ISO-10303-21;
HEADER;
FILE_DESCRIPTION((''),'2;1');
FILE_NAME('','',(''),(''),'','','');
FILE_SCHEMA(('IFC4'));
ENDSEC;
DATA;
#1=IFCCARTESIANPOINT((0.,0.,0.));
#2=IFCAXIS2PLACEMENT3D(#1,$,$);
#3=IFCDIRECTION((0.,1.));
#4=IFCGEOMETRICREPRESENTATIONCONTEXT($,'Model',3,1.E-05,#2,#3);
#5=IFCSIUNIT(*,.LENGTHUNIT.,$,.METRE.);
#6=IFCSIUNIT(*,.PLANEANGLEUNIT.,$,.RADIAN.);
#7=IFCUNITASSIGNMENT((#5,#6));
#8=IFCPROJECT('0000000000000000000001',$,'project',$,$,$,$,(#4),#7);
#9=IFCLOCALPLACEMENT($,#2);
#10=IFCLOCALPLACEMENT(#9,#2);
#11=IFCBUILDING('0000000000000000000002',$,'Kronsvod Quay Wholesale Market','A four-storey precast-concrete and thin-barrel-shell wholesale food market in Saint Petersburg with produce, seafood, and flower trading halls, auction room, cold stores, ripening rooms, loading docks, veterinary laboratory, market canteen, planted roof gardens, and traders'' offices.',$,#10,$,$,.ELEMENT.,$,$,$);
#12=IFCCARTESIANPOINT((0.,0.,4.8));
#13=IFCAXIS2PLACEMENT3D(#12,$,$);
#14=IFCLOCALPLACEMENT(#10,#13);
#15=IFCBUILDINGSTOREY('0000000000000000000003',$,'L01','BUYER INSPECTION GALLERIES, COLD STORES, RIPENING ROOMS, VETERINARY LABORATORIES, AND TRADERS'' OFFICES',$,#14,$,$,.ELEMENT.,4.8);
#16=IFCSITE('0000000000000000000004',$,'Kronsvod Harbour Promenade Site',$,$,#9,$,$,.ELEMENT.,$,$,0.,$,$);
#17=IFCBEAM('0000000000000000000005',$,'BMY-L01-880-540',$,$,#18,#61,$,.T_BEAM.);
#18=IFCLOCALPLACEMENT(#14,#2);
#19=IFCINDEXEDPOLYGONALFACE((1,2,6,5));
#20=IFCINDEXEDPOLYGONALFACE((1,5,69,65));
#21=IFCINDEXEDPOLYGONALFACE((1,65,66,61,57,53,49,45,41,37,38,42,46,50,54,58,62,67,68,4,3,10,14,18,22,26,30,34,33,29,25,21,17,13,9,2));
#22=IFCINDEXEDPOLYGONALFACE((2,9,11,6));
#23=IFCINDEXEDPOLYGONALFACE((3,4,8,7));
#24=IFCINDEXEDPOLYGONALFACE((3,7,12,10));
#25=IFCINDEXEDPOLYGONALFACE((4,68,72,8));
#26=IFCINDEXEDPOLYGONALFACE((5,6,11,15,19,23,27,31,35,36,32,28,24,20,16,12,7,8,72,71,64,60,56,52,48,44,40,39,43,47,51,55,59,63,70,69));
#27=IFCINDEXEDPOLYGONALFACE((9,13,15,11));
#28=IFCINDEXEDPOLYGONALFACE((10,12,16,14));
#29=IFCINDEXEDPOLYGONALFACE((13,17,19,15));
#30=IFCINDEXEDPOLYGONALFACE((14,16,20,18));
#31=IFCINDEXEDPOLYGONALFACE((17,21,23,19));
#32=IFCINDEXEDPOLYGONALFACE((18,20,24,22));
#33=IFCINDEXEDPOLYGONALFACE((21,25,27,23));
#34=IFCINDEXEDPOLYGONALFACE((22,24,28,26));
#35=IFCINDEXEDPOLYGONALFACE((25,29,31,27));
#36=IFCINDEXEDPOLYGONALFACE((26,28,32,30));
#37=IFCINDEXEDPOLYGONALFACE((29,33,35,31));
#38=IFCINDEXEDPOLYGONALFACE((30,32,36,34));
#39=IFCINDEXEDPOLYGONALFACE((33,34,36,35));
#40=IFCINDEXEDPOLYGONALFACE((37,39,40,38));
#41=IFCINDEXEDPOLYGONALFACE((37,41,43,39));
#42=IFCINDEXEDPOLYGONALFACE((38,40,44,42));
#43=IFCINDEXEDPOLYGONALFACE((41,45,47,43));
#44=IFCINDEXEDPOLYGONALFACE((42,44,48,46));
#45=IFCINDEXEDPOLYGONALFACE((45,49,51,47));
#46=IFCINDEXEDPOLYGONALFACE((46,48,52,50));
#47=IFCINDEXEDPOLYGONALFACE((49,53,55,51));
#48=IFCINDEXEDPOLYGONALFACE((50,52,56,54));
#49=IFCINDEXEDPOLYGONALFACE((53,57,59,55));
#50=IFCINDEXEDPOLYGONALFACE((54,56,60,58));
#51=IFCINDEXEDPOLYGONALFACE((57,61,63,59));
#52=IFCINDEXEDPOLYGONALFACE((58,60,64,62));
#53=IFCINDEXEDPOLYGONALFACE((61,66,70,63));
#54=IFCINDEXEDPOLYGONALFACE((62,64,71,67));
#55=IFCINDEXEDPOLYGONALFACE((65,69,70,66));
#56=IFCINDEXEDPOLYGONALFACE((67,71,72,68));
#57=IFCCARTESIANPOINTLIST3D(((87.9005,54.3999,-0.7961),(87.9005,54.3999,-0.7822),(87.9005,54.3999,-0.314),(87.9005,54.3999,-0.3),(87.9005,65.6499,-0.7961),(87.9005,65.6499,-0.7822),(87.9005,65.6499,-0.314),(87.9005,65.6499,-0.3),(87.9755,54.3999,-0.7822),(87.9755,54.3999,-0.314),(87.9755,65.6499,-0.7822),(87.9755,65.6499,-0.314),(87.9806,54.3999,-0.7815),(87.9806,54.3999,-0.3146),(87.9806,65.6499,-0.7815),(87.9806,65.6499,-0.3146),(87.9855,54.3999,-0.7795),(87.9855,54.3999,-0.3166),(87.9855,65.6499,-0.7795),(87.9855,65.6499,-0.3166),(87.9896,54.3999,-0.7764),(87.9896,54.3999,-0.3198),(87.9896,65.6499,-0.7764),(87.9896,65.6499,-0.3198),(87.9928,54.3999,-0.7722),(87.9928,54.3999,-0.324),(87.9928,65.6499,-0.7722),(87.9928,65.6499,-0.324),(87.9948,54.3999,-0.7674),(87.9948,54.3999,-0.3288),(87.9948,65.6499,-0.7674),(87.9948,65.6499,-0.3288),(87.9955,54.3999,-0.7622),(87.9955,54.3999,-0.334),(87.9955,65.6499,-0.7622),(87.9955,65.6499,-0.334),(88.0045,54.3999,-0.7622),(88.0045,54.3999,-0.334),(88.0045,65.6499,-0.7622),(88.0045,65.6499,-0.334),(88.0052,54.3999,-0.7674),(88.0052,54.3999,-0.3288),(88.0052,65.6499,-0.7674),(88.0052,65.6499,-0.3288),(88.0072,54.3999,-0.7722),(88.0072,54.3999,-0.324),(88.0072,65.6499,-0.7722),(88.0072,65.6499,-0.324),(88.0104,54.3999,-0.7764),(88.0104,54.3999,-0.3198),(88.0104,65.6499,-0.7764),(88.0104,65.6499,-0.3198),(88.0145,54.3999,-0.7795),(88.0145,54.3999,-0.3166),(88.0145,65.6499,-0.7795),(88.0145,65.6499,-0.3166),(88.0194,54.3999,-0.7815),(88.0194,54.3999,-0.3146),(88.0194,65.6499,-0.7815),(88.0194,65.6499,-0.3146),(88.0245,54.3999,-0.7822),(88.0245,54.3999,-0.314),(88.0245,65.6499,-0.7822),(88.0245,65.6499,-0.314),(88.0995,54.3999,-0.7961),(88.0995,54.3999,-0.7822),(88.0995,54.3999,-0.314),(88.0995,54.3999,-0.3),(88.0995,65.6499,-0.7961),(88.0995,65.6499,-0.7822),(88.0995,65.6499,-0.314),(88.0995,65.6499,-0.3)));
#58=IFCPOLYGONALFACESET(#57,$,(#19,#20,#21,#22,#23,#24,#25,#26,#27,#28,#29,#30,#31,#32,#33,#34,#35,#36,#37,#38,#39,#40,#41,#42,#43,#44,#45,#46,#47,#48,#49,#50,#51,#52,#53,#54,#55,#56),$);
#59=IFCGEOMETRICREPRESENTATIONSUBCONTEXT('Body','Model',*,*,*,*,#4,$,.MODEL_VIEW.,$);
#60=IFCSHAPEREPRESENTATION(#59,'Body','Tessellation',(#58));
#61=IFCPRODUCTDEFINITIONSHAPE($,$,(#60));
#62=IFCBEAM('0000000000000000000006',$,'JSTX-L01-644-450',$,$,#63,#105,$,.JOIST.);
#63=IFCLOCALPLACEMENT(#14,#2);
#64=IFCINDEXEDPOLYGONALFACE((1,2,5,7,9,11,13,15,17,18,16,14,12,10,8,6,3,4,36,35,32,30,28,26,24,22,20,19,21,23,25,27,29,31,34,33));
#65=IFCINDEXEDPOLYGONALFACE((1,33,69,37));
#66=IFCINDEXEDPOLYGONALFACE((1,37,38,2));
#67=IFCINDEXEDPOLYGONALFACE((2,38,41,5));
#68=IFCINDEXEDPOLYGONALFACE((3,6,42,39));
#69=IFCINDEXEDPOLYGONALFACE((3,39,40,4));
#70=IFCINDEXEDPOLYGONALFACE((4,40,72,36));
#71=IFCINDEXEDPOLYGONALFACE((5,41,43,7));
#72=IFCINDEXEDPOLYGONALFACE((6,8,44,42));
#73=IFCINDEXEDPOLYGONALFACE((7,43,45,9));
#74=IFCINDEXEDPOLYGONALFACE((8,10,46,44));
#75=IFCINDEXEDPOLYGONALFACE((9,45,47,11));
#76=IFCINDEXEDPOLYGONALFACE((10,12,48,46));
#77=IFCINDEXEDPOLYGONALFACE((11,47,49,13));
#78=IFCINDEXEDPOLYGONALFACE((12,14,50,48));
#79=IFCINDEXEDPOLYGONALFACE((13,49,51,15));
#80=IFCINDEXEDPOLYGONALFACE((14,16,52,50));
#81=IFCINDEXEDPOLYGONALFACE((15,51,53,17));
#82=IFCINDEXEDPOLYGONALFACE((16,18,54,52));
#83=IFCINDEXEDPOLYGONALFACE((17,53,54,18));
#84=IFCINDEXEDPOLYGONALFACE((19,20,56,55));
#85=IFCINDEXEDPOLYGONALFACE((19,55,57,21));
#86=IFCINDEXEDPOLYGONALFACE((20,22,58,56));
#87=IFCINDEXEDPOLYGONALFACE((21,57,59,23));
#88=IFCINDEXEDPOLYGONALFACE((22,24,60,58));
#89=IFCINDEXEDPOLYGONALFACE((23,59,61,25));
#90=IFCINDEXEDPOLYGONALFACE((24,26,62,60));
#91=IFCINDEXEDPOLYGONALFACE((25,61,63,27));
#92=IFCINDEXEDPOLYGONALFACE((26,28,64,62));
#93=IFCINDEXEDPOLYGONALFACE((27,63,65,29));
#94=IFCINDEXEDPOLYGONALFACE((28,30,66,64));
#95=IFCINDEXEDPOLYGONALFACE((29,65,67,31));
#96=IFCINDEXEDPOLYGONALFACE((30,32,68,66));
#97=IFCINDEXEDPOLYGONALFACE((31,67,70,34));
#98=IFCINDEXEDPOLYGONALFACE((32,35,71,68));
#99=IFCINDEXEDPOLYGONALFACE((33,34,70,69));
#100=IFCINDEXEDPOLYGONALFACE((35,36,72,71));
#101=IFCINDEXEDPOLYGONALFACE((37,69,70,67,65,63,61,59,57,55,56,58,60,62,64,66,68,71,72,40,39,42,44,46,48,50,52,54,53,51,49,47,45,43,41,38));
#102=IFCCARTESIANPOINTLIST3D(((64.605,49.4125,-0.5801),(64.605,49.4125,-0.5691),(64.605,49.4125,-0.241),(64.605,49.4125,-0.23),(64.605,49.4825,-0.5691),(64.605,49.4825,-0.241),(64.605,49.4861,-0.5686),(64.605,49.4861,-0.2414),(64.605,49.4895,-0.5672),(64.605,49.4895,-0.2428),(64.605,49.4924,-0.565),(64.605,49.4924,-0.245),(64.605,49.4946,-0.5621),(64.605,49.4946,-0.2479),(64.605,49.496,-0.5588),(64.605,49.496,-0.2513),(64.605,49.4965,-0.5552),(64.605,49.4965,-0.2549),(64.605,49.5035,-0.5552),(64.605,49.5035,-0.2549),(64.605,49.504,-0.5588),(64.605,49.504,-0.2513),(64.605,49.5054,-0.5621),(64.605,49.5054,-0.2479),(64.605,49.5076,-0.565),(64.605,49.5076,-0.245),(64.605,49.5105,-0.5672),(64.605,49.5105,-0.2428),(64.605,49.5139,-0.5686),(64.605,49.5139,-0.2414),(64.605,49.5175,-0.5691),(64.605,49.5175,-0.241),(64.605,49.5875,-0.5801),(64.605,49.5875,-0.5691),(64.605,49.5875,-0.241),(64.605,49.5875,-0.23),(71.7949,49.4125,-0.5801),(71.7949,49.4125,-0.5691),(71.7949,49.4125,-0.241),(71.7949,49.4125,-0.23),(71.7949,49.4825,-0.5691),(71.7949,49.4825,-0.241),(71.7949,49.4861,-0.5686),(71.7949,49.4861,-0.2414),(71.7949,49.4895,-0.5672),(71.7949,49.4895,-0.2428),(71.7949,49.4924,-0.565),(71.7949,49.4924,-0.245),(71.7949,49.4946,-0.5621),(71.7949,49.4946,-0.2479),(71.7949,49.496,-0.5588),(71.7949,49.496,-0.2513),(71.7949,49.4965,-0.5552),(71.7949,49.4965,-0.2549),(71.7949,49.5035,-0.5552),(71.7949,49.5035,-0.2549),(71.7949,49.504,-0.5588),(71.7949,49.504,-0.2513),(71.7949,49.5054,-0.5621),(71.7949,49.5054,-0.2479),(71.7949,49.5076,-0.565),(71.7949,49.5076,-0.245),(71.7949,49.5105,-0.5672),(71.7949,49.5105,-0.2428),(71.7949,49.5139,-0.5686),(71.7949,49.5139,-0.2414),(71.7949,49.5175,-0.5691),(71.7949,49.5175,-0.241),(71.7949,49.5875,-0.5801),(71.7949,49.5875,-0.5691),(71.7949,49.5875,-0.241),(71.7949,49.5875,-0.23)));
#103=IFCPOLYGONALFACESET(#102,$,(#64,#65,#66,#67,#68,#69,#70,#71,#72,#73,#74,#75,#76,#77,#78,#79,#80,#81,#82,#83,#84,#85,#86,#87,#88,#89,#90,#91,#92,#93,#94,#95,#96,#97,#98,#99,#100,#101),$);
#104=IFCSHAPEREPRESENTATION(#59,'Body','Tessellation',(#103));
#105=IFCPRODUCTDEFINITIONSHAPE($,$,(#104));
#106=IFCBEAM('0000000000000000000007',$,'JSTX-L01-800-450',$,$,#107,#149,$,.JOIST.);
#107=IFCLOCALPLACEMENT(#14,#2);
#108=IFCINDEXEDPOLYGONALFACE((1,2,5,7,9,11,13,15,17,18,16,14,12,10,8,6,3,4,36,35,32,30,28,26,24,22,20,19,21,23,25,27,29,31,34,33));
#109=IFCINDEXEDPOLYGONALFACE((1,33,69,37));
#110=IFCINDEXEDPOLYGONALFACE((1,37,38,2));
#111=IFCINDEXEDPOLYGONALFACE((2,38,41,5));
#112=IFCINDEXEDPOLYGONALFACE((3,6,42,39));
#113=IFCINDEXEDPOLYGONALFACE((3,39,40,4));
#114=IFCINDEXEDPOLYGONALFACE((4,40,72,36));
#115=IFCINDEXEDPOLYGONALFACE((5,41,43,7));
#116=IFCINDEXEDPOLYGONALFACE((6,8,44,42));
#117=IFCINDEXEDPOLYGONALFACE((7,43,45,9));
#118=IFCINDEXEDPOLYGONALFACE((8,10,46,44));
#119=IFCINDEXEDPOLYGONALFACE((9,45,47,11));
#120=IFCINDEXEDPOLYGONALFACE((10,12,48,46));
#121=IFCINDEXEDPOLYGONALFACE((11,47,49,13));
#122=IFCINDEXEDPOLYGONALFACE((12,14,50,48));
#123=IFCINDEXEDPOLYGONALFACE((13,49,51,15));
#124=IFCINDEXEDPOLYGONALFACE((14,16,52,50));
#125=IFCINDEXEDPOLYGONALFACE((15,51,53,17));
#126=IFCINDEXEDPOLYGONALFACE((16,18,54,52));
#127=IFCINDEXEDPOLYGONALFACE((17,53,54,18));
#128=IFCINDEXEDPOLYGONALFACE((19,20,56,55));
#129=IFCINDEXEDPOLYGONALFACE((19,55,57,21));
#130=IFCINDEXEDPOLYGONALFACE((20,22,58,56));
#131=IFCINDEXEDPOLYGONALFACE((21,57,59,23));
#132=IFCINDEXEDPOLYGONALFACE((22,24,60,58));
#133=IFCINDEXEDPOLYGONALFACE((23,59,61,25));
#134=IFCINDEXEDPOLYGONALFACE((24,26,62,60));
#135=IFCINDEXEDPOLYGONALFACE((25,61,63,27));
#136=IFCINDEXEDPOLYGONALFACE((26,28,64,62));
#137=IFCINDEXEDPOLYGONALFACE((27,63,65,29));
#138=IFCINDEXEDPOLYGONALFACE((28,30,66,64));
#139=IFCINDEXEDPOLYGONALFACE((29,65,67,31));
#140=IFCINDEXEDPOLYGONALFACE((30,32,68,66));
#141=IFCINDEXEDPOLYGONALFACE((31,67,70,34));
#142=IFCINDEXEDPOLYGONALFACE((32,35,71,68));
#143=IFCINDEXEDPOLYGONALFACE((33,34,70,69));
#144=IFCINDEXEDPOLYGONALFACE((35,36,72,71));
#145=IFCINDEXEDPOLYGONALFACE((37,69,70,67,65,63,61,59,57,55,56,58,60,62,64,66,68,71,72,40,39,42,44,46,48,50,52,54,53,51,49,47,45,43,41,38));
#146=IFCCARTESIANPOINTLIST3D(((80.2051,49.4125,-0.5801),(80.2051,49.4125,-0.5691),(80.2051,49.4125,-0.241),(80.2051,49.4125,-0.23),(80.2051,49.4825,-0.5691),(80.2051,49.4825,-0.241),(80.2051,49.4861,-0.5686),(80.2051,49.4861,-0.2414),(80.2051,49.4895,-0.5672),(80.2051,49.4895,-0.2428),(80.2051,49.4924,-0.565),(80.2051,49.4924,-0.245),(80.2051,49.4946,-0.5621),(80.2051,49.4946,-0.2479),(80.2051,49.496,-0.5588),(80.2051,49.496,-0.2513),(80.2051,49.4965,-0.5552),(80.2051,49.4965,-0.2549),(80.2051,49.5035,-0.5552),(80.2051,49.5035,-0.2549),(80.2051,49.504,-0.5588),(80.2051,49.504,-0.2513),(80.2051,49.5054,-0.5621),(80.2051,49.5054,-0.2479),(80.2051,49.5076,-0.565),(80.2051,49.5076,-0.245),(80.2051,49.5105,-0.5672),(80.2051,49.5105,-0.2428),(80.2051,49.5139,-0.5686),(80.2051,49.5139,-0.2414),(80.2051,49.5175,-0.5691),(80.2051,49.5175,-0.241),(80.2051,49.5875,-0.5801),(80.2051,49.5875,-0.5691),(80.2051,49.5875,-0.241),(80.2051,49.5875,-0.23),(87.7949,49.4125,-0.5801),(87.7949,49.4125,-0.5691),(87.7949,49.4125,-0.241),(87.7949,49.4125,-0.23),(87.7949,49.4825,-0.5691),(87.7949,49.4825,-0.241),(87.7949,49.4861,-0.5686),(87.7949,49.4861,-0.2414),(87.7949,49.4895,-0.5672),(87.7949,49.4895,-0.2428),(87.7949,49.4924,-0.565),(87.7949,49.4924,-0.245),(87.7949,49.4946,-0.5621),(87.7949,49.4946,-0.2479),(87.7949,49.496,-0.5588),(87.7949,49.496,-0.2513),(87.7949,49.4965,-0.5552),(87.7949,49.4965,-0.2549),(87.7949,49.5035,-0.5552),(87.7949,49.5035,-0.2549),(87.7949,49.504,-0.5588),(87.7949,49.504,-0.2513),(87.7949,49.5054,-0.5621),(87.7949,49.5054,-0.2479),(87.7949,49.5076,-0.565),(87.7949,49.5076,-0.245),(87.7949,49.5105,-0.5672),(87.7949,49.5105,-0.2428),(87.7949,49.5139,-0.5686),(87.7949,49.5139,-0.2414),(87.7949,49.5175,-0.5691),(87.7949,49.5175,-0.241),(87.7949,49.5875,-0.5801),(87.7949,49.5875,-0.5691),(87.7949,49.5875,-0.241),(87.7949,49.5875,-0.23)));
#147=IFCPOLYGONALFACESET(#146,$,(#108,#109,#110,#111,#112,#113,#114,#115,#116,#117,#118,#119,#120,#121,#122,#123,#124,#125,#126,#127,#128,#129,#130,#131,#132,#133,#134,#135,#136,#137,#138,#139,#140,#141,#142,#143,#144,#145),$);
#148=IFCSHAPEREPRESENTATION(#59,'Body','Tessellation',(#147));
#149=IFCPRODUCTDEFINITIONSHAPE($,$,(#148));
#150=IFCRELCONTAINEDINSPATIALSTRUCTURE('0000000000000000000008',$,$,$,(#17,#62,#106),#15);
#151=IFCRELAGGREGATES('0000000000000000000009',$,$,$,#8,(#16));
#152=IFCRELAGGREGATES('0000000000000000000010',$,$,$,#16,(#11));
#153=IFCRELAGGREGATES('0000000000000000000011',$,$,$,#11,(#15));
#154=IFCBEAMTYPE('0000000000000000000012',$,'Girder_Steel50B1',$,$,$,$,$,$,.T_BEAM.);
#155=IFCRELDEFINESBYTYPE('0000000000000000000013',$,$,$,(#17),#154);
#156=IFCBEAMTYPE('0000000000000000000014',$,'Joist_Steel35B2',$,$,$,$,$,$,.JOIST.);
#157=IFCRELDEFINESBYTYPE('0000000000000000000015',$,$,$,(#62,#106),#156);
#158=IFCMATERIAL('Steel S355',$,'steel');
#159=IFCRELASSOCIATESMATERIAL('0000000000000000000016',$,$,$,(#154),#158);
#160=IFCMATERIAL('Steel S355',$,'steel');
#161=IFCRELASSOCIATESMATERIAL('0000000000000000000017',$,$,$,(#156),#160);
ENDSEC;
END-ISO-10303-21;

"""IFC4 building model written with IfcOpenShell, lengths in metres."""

from ifc_helpers import new_model, si_unit, direction, frame, origin, origin_2d, place, context, subcontext, project, spatial, i_section, extrude, material, material_profile, profile_set, type_object, element, save


model = new_model("IFC4")

# Units and contexts
model_context = context("Model", 3, precision=1e-05, world=origin(), true_north=direction((0.0, 1.0)))
body_context = subcontext(model_context, "Body", "Model", "MODEL_VIEW")
ifc_project = project(units=[si_unit("LENGTHUNIT", "METRE"), si_unit("PLANEANGLEUNIT", "RADIAN")], contexts=[model_context])

# Site, building, storey
site_placement = place(None, origin())
site = spatial("IfcSite", under=ifc_project, at=site_placement, Name="Kronsvod Harbour Promenade Site", CompositionType="ELEMENT", RefElevation=0.0)
building_placement = place(site_placement, origin())
building = spatial("IfcBuilding", under=site, at=building_placement, Name="Kronsvod Quay Wholesale Market", Description="A four-storey precast-concrete and thin-barrel-shell wholesale food market in Saint Petersburg with produce, seafood, and flower trading halls, auction room, cold stores, ripening rooms, loading docks, veterinary laboratory, market canteen, planted roof gardens, and traders' offices.", CompositionType="ELEMENT")
storey_placement = place(building_placement, frame((0.0, 0.0, 4.8)))
storey = spatial("IfcBuildingStorey", under=building, at=storey_placement, Name="L01", Description="BUYER INSPECTION GALLERIES, COLD STORES, RIPENING ROOMS, VETERINARY LABORATORIES, AND TRADERS' OFFICES", CompositionType="ELEMENT", Elevation=4.8)

# Beams
ifc_material_1 = material(Name="Steel S355", Category="steel")
ifc_material_profile_1 = material_profile(ifc_material_1, i_section(OverallWidth=0.199, OverallDepth=0.4961, WebThickness=0.009, FlangeThickness=0.0139, FilletRadius=0.02, at=origin_2d()), Name="50B1")
ifc_profile_set_1 = profile_set([ifc_material_profile_1], Name="Steel S355")
beam_type_1 = type_object("IfcBeamType", Name="Girder_Steel50B1", PredefinedType="T_BEAM", material=ifc_profile_set_1)
beam_1_placement = place(storey_placement, frame((88.0, 54.3999, -0.5481), z_axis=(0.0, 1.0, 0.0), x_axis=(-1.0, 0.0, 0.0)))
element("IfcBeam", 1, at=beam_1_placement, inside=storey, type_object=beam_type_1, Name="BMY-L01-880-540", PredefinedType="T_BEAM", context=body_context, shape_type="SweptSolid", body=[
    extrude(i_section(OverallWidth=0.199, OverallDepth=0.4961, WebThickness=0.009, FlangeThickness=0.0139, FilletRadius=0.02, at=origin_2d()), origin(), (0.0, 0.0, 1.0), 11.25),
])
ifc_material_2 = material(Name="Steel S355", Category="steel")
ifc_material_profile_2 = material_profile(ifc_material_2, i_section(OverallWidth=0.175, OverallDepth=0.3501, WebThickness=0.0071, FlangeThickness=0.011, FilletRadius=0.0139, at=origin_2d()), Name="35B2")
ifc_profile_set_2 = profile_set([ifc_material_profile_2], Name="Steel S355")
beam_type_2 = type_object("IfcBeamType", Name="Joist_Steel35B2", PredefinedType="JOIST", material=ifc_profile_set_2)
beam_2_placement = place(storey_placement, frame((64.605, 49.5, -0.405), z_axis=(1.0, 0.0, 0.0), x_axis=(0.0, 1.0, 0.0)))
element("IfcBeam", 2, at=beam_2_placement, inside=storey, type_object=beam_type_2, Name="JSTX-L01-644-450", PredefinedType="JOIST", context=body_context, shape_type="SweptSolid", body=[
    extrude(i_section(OverallWidth=0.175, OverallDepth=0.3501, WebThickness=0.0071, FlangeThickness=0.011, FilletRadius=0.0139, at=origin_2d()), origin(), (0.0, 0.0, 1.0), 7.1899),
])
beam_3_placement = place(storey_placement, frame((80.2051, 49.5, -0.405), z_axis=(1.0, 0.0, 0.0), x_axis=(0.0, 1.0, 0.0)))
element("IfcBeam", 3, at=beam_3_placement, inside=storey, type_object=beam_type_2, Name="JSTX-L01-800-450", PredefinedType="JOIST", context=body_context, shape_type="SweptSolid", body=[
    extrude(i_section(OverallWidth=0.175, OverallDepth=0.3501, WebThickness=0.0071, FlangeThickness=0.011, FilletRadius=0.0139, at=origin_2d()), origin(), (0.0, 0.0, 1.0), 7.5898),
])

save(model, "model.ifc")
